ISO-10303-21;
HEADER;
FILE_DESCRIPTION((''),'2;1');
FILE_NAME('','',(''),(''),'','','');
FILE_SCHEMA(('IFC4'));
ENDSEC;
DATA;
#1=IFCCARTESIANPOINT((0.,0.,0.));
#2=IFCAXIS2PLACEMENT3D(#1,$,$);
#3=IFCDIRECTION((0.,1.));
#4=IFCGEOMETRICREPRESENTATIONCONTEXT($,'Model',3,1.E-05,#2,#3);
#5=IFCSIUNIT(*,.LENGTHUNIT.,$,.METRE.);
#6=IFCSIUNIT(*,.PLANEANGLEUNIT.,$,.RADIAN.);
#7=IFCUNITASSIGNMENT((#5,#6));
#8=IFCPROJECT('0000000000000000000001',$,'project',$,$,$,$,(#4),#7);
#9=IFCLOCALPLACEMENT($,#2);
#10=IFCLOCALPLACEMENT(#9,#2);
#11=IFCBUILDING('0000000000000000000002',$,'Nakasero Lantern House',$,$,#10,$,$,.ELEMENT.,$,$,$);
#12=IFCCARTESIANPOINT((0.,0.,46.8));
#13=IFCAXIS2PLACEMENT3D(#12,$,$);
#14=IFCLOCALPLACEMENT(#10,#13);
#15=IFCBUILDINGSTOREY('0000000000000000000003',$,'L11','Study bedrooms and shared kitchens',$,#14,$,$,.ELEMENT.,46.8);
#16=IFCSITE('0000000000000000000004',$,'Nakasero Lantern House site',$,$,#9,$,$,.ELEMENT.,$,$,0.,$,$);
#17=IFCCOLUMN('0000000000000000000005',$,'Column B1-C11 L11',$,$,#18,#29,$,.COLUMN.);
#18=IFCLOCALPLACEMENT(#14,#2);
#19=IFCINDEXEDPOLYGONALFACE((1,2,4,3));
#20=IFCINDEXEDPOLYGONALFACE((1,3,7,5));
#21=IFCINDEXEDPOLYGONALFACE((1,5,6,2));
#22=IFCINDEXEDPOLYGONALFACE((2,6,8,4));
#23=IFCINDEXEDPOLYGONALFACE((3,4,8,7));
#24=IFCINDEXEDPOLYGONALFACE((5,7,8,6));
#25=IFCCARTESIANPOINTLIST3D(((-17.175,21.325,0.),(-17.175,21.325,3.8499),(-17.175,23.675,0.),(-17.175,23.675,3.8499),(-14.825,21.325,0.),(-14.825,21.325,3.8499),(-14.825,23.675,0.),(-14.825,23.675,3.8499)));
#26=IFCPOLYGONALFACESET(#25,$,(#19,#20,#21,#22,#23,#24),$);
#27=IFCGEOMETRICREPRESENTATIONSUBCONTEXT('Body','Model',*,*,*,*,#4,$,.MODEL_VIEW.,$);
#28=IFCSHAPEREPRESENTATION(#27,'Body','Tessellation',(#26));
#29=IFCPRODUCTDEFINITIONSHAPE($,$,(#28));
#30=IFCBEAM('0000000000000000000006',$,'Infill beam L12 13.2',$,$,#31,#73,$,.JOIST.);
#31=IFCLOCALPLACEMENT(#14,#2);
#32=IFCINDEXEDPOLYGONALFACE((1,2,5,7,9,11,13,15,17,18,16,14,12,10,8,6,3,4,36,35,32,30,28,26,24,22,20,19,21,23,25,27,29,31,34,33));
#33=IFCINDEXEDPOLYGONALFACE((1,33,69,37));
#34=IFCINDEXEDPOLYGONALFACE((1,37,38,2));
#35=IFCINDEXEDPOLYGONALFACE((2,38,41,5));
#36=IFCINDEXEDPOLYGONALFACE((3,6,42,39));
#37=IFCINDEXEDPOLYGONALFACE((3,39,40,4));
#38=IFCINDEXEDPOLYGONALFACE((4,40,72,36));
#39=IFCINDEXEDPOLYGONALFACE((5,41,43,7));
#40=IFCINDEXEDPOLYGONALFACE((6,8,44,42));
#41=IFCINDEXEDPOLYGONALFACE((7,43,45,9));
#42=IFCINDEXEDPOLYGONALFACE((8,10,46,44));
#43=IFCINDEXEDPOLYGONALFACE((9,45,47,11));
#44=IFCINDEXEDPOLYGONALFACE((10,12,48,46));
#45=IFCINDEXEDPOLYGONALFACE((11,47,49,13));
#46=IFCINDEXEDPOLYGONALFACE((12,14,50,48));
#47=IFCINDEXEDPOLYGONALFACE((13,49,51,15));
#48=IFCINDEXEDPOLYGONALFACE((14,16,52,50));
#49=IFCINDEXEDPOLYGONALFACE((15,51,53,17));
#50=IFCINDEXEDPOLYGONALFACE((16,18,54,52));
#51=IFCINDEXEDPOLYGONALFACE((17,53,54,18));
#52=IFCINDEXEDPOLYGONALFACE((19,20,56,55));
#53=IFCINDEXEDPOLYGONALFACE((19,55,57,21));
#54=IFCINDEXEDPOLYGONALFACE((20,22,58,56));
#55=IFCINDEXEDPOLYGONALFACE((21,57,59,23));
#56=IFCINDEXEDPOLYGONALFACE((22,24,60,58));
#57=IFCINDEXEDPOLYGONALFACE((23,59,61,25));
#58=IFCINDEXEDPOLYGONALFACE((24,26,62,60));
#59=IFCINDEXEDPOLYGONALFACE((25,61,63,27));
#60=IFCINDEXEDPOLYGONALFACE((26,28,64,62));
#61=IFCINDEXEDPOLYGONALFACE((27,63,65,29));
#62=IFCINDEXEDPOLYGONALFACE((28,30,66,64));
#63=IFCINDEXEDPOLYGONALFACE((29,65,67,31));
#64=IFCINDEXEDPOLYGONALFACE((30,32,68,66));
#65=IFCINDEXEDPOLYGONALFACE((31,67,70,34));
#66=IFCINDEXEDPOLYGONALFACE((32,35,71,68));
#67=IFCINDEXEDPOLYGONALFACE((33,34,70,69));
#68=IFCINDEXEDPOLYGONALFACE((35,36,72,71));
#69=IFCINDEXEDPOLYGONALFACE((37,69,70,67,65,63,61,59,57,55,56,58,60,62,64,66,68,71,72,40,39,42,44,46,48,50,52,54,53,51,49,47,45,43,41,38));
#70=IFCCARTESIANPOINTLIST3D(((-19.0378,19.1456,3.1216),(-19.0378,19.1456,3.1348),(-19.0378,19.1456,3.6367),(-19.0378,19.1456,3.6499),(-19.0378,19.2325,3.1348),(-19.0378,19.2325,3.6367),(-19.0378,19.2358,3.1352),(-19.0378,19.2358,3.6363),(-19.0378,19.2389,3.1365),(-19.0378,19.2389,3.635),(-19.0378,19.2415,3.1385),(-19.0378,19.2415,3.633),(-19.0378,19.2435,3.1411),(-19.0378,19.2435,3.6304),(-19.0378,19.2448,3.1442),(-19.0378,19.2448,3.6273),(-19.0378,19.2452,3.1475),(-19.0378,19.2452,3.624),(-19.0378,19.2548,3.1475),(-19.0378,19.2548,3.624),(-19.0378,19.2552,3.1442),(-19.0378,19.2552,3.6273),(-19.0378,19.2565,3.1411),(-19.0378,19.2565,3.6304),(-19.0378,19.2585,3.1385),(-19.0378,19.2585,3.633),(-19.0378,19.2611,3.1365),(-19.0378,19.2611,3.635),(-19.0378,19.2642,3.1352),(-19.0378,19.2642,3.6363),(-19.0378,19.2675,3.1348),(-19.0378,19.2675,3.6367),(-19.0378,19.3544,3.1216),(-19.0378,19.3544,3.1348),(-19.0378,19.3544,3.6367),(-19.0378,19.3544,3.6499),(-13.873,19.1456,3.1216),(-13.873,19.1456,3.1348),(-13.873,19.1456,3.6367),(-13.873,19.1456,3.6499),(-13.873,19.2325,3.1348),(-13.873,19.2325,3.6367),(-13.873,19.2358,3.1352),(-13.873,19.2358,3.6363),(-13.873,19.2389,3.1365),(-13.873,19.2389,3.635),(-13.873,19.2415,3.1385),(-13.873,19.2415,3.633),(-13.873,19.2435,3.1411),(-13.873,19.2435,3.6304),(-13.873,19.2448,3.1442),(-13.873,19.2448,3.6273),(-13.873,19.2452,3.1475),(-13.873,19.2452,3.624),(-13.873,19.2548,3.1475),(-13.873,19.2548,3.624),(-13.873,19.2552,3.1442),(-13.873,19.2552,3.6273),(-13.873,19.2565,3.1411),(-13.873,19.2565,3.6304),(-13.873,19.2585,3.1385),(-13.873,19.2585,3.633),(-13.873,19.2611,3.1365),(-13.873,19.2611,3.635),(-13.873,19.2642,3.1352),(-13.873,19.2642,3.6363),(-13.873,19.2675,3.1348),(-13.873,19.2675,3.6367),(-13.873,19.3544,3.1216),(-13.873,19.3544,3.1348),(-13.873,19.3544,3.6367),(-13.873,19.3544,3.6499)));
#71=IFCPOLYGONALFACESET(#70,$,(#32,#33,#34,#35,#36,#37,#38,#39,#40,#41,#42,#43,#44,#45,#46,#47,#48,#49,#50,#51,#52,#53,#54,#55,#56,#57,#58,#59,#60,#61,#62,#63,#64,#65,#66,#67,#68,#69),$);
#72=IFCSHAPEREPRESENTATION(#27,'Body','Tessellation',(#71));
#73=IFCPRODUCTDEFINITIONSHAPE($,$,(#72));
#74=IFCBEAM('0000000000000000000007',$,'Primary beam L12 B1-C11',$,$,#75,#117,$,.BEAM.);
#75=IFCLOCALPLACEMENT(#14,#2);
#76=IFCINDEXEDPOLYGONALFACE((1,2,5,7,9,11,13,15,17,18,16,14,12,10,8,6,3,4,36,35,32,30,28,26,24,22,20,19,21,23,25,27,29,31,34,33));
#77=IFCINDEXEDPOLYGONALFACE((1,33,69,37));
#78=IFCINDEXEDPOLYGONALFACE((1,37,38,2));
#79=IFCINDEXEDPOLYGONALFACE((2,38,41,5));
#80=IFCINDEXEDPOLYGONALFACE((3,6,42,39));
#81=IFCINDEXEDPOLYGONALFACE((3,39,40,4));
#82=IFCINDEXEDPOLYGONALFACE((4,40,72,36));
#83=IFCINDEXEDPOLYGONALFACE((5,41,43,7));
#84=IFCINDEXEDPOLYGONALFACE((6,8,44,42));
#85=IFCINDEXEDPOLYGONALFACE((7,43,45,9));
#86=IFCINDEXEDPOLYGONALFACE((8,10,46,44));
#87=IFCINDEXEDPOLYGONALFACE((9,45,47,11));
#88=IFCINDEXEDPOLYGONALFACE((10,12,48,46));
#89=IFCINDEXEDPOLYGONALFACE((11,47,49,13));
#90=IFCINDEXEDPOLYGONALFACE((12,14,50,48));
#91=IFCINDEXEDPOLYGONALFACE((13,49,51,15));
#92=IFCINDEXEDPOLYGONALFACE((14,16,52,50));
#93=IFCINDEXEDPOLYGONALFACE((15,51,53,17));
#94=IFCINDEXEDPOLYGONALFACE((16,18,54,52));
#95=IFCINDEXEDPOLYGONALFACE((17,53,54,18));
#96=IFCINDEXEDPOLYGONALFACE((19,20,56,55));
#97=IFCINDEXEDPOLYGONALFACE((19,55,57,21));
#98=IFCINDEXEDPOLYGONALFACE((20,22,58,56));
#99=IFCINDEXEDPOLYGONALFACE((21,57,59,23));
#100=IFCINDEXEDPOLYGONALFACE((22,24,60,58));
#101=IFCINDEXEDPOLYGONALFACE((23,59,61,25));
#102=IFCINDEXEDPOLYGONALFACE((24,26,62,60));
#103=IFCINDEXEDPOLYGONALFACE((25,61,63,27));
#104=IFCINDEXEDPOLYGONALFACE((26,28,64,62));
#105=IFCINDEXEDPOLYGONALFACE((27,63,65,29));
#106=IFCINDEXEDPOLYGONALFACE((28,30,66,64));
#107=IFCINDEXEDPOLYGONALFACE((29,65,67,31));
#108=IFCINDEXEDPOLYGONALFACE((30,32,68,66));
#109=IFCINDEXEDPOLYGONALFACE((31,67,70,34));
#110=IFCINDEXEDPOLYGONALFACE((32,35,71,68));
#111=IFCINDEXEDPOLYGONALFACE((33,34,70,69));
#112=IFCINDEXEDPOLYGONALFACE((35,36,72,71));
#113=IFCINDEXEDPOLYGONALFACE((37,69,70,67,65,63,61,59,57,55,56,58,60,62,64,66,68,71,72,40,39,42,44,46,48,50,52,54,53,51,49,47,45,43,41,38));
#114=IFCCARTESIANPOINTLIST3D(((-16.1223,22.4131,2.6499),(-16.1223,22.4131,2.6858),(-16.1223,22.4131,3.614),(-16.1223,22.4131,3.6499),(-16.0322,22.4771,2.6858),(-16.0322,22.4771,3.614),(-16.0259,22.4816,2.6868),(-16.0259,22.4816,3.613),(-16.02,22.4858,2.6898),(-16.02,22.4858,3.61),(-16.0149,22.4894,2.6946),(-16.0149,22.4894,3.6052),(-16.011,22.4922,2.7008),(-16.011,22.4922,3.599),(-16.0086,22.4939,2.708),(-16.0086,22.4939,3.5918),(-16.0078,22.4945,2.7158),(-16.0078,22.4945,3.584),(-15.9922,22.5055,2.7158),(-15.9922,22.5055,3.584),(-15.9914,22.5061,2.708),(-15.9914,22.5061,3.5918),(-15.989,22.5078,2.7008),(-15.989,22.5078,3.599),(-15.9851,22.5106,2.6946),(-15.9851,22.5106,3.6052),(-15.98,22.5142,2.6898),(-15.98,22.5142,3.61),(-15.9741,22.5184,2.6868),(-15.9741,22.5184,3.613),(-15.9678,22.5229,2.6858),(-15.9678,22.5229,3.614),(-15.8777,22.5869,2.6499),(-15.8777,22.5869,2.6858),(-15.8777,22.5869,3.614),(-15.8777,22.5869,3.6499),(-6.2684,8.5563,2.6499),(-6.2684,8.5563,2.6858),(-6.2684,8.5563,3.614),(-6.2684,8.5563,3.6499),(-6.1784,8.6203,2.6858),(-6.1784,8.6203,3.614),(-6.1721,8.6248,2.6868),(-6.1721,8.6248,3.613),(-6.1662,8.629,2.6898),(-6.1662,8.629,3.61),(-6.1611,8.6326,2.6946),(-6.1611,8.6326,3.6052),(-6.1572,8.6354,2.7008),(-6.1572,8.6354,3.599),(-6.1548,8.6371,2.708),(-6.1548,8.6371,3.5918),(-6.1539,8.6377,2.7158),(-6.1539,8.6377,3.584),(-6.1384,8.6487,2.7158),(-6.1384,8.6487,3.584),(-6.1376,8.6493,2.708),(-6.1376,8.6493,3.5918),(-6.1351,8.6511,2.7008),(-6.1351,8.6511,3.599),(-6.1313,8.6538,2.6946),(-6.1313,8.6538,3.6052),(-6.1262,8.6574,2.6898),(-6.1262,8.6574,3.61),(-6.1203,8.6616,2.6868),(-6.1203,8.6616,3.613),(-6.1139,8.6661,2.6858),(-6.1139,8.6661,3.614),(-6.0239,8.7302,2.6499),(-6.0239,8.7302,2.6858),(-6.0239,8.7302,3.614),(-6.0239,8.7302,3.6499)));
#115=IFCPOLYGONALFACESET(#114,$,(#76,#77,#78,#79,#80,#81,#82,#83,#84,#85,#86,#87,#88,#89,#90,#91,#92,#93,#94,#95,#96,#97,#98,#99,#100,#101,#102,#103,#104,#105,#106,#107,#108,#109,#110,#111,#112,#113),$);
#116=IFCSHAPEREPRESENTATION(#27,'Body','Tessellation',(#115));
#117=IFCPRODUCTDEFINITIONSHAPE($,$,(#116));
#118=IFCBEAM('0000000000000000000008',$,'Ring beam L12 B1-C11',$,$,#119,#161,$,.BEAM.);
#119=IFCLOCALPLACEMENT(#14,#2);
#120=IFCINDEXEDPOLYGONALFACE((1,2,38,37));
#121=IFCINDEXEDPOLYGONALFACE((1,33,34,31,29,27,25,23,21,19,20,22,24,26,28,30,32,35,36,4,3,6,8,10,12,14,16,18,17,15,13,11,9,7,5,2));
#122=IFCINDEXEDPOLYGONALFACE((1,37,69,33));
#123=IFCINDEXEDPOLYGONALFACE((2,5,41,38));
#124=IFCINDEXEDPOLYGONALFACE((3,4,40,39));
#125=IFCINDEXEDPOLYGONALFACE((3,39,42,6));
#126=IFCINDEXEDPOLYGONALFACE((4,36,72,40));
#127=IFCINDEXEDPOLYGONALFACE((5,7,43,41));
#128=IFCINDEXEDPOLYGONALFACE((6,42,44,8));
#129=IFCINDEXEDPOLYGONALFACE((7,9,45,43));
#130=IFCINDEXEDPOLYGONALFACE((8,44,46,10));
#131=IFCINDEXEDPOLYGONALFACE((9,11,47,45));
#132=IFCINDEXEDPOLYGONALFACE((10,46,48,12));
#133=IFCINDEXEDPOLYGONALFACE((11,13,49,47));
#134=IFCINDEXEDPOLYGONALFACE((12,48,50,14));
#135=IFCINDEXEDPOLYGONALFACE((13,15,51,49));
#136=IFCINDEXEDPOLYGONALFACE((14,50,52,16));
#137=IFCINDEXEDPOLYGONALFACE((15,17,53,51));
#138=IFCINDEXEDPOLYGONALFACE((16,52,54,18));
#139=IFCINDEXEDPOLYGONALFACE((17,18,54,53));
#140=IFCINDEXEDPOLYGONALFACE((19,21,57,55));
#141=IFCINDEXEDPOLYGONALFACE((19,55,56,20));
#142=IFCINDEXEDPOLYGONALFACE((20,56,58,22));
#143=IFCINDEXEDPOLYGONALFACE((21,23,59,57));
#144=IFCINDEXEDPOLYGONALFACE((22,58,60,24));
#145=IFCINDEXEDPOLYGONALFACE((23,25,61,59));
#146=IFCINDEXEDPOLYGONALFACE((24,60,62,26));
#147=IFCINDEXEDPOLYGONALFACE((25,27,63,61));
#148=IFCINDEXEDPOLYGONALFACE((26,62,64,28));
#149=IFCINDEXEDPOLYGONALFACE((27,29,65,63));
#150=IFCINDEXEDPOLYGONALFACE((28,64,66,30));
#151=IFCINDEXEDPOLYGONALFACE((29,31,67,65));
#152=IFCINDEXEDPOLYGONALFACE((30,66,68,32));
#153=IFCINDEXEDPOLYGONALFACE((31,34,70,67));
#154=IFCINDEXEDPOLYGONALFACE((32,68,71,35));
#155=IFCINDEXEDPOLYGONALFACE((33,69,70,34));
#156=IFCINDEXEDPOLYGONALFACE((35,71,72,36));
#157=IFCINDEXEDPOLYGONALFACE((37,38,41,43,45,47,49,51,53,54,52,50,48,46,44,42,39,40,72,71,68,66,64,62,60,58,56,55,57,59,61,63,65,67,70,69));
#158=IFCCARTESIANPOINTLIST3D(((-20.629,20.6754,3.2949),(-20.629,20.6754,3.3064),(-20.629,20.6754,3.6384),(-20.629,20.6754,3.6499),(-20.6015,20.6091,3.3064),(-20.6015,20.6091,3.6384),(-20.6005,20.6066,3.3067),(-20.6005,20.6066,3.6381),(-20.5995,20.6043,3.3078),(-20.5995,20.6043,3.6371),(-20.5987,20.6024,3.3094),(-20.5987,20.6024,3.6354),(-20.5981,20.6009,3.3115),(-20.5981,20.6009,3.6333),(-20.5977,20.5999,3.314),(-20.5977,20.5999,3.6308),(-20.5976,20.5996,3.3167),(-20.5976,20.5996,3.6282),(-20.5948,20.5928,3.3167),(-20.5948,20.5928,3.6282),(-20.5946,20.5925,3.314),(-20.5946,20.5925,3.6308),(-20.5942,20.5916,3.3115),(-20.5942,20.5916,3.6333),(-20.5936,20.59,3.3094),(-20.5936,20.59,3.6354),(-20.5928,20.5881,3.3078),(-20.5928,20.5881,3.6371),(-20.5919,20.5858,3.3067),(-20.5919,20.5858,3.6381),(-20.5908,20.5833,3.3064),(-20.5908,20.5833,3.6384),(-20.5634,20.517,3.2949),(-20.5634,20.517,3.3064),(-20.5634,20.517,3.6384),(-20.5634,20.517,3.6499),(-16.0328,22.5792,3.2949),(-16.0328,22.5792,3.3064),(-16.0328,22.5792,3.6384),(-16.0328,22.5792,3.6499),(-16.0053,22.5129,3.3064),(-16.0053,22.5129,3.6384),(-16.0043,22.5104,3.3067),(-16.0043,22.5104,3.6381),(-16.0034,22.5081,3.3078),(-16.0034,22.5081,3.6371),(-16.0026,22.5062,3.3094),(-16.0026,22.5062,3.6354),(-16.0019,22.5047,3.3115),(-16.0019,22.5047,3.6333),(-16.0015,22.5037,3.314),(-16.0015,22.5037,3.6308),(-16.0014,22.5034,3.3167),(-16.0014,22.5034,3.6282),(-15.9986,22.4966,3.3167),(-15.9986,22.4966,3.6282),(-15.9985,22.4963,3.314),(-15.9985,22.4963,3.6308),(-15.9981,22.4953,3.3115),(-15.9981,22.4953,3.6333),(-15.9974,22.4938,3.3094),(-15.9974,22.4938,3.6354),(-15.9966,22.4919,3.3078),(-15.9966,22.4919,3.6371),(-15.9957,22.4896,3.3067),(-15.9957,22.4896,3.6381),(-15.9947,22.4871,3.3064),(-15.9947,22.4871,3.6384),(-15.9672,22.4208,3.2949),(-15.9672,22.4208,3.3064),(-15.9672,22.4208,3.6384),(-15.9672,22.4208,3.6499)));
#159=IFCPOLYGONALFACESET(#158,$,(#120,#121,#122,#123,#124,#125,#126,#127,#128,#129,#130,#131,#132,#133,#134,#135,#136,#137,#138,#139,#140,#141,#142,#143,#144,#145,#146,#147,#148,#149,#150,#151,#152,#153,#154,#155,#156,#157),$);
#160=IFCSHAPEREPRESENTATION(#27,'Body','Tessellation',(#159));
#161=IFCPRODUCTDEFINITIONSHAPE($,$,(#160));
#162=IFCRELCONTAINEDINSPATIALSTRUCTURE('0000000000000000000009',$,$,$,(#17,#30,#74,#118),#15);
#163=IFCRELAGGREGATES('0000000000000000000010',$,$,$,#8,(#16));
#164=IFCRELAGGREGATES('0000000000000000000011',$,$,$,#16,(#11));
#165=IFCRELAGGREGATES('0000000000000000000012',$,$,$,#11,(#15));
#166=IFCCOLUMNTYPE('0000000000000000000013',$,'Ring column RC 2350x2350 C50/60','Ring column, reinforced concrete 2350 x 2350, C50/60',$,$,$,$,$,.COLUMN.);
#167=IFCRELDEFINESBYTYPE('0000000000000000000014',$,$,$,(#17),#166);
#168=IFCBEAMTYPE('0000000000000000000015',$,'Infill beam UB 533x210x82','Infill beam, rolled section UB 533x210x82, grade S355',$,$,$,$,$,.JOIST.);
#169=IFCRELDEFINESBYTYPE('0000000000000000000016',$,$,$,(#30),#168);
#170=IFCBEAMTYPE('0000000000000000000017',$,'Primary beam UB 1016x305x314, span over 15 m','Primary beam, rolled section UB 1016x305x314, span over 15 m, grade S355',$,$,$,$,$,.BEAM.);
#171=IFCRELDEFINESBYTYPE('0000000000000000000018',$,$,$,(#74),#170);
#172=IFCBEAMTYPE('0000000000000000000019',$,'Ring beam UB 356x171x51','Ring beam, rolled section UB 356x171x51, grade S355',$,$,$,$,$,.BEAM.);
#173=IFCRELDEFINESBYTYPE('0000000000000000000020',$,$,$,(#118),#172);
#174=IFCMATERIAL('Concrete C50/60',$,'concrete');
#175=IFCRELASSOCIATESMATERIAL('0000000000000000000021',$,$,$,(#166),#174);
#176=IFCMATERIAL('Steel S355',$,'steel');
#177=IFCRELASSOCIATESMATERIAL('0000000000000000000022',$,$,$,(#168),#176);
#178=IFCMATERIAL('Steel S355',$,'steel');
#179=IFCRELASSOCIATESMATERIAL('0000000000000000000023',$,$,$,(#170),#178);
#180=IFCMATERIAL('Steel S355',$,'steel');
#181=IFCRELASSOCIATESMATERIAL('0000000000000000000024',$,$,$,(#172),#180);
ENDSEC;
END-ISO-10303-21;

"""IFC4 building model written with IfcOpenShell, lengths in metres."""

from ifc_helpers import new_model, si_unit, direction, frame, origin, origin_2d, place, context, subcontext, project, spatial, rectangle, i_section, extrude, material, material_profile, profile_set, type_object, element, save


model = new_model("IFC4")

# Units and contexts
model_context = context("Model", 3, precision=1e-05, world=origin(), true_north=direction((0.0, 1.0)))
body_context = subcontext(model_context, "Body", "Model", "MODEL_VIEW")
ifc_project = project(units=[si_unit("LENGTHUNIT", "METRE"), si_unit("PLANEANGLEUNIT", "RADIAN")], contexts=[model_context])

# Site, building, storey
site_placement = place(None, origin())
site = spatial("IfcSite", under=ifc_project, at=site_placement, Name="Nakasero Lantern House site", CompositionType="ELEMENT", RefElevation=0.0)
building_placement = place(site_placement, origin())
building = spatial("IfcBuilding", under=site, at=building_placement, Name="Nakasero Lantern House", CompositionType="ELEMENT")
storey_placement = place(building_placement, frame((0.0, 0.0, 46.8)))
storey = spatial("IfcBuildingStorey", under=building, at=storey_placement, Name="L11", Description="Study bedrooms and shared kitchens", CompositionType="ELEMENT", Elevation=46.8)

# Column
ifc_material_1 = material(Name="Concrete C50/60", Category="concrete")
ifc_material_profile_1 = material_profile(ifc_material_1, rectangle(XDim=2.3501, YDim=2.3501, at=origin_2d()), Name="RC 2350x2350")
ifc_profile_set_1 = profile_set([ifc_material_profile_1], Name="Concrete C50/60")
column_type = type_object("IfcColumnType", Name="Ring column RC 2350x2350 C50/60", Description="Ring column, reinforced concrete 2350 x 2350, C50/60", PredefinedType="COLUMN", material=ifc_profile_set_1)
column_placement = place(storey_placement, frame((-16.0, 22.5, 0.0), z_axis=(0.0, 0.0, 1.0), x_axis=(1.0, 0.0, 0.0)))
element("IfcColumn", 1, at=column_placement, inside=storey, type_object=column_type, Name="Column B1-C11 L11", PredefinedType="COLUMN", context=body_context, shape_type="SweptSolid", body=[
    extrude(rectangle(XDim=2.3501, YDim=2.3501, at=origin_2d()), origin(), (0.0, 0.0, 1.0), 3.8499),
])

# Beams
ifc_material_2 = material(Name="Steel S355", Category="steel")
ifc_material_profile_2 = material_profile(ifc_material_2, i_section(OverallWidth=0.2087, OverallDepth=0.5283, WebThickness=0.0095, FlangeThickness=0.0132, FilletRadius=0.0127, at=origin_2d()), Name="UB 533x210x82")
ifc_profile_set_2 = profile_set([ifc_material_profile_2], Name="Steel S355")
beam_type_1 = type_object("IfcBeamType", Name="Infill beam UB 533x210x82", Description="Infill beam, rolled section UB 533x210x82, grade S355", PredefinedType="JOIST", material=ifc_profile_set_2)
beam_1_placement = place(storey_placement, frame((-19.0378, 19.25, 3.3857), z_axis=(1.0, 0.0, 0.0), x_axis=(0.0, 1.0, 0.0)))
element("IfcBeam", 2, at=beam_1_placement, inside=storey, type_object=beam_type_1, Name="Infill beam L12 13.2", PredefinedType="JOIST", context=body_context, shape_type="SweptSolid", body=[
    extrude(i_section(OverallWidth=0.2087, OverallDepth=0.5283, WebThickness=0.0095, FlangeThickness=0.0132, FilletRadius=0.0127, at=origin_2d()), origin(), (0.0, 0.0, 1.0), 5.1648),
])
ifc_material_3 = material(Name="Steel S355", Category="steel")
ifc_material_profile_3 = material_profile(ifc_material_3, i_section(OverallWidth=0.3, OverallDepth=1.0, WebThickness=0.019, FlangeThickness=0.0359, FilletRadius=0.03, at=origin_2d()), Name="UB 1016x305x314")
ifc_profile_set_3 = profile_set([ifc_material_profile_3], Name="Steel S355")
beam_type_2 = type_object("IfcBeamType", Name="Primary beam UB 1016x305x314, span over 15 m", Description="Primary beam, rolled section UB 1016x305x314, span over 15 m, grade S355", PredefinedType="BEAM", material=ifc_profile_set_3)
beam_2_placement = place(storey_placement, frame((-16.0, 22.5, 3.1499), z_axis=(0.579528, -0.814952, 0.0), x_axis=(0.814952, 0.579528, 0.0)))
element("IfcBeam", 3, at=beam_2_placement, inside=storey, type_object=beam_type_2, Name="Primary beam L12 B1-C11", PredefinedType="BEAM", context=body_context, shape_type="SweptSolid", body=[
    extrude(i_section(OverallWidth=0.3, OverallDepth=1.0, WebThickness=0.019, FlangeThickness=0.0359, FilletRadius=0.03, at=origin_2d()), origin(), (0.0, 0.0, 1.0), 17.0032),
])
ifc_material_4 = material(Name="Steel S355", Category="steel")
ifc_material_profile_4 = material_profile(ifc_material_4, i_section(OverallWidth=0.1714, OverallDepth=0.355, WebThickness=0.0073, FlangeThickness=0.0115, FilletRadius=0.0103, at=origin_2d()), Name="UB 356x171x51")
ifc_profile_set_4 = profile_set([ifc_material_profile_4], Name="Steel S355")
beam_type_3 = type_object("IfcBeamType", Name="Ring beam UB 356x171x51", Description="Ring beam, rolled section UB 356x171x51, grade S355", PredefinedType="BEAM", material=ifc_profile_set_4)
for number, where, z_axis, x_axis, name in (
    (4, (-16.0, 22.5, 3.4724), (-0.923879, -0.382684, 0.0), (0.382684, -0.923879, 0.0), "Ring beam L12 B1-C11"),
):
    element("IfcBeam", number, at=place(storey_placement, frame(where, z_axis=z_axis, x_axis=x_axis)), inside=storey, type_object=beam_type_3, Name=name, PredefinedType="BEAM", context=body_context, shape_type="SweptSolid", body=[
        extrude(i_section(OverallWidth=0.1714, OverallDepth=0.355, WebThickness=0.0073, FlangeThickness=0.0115, FilletRadius=0.0103, at=origin_2d()), origin(), (0.0, 0.0, 1.0), 4.9749),
    ])

save(model, "model.ifc")
